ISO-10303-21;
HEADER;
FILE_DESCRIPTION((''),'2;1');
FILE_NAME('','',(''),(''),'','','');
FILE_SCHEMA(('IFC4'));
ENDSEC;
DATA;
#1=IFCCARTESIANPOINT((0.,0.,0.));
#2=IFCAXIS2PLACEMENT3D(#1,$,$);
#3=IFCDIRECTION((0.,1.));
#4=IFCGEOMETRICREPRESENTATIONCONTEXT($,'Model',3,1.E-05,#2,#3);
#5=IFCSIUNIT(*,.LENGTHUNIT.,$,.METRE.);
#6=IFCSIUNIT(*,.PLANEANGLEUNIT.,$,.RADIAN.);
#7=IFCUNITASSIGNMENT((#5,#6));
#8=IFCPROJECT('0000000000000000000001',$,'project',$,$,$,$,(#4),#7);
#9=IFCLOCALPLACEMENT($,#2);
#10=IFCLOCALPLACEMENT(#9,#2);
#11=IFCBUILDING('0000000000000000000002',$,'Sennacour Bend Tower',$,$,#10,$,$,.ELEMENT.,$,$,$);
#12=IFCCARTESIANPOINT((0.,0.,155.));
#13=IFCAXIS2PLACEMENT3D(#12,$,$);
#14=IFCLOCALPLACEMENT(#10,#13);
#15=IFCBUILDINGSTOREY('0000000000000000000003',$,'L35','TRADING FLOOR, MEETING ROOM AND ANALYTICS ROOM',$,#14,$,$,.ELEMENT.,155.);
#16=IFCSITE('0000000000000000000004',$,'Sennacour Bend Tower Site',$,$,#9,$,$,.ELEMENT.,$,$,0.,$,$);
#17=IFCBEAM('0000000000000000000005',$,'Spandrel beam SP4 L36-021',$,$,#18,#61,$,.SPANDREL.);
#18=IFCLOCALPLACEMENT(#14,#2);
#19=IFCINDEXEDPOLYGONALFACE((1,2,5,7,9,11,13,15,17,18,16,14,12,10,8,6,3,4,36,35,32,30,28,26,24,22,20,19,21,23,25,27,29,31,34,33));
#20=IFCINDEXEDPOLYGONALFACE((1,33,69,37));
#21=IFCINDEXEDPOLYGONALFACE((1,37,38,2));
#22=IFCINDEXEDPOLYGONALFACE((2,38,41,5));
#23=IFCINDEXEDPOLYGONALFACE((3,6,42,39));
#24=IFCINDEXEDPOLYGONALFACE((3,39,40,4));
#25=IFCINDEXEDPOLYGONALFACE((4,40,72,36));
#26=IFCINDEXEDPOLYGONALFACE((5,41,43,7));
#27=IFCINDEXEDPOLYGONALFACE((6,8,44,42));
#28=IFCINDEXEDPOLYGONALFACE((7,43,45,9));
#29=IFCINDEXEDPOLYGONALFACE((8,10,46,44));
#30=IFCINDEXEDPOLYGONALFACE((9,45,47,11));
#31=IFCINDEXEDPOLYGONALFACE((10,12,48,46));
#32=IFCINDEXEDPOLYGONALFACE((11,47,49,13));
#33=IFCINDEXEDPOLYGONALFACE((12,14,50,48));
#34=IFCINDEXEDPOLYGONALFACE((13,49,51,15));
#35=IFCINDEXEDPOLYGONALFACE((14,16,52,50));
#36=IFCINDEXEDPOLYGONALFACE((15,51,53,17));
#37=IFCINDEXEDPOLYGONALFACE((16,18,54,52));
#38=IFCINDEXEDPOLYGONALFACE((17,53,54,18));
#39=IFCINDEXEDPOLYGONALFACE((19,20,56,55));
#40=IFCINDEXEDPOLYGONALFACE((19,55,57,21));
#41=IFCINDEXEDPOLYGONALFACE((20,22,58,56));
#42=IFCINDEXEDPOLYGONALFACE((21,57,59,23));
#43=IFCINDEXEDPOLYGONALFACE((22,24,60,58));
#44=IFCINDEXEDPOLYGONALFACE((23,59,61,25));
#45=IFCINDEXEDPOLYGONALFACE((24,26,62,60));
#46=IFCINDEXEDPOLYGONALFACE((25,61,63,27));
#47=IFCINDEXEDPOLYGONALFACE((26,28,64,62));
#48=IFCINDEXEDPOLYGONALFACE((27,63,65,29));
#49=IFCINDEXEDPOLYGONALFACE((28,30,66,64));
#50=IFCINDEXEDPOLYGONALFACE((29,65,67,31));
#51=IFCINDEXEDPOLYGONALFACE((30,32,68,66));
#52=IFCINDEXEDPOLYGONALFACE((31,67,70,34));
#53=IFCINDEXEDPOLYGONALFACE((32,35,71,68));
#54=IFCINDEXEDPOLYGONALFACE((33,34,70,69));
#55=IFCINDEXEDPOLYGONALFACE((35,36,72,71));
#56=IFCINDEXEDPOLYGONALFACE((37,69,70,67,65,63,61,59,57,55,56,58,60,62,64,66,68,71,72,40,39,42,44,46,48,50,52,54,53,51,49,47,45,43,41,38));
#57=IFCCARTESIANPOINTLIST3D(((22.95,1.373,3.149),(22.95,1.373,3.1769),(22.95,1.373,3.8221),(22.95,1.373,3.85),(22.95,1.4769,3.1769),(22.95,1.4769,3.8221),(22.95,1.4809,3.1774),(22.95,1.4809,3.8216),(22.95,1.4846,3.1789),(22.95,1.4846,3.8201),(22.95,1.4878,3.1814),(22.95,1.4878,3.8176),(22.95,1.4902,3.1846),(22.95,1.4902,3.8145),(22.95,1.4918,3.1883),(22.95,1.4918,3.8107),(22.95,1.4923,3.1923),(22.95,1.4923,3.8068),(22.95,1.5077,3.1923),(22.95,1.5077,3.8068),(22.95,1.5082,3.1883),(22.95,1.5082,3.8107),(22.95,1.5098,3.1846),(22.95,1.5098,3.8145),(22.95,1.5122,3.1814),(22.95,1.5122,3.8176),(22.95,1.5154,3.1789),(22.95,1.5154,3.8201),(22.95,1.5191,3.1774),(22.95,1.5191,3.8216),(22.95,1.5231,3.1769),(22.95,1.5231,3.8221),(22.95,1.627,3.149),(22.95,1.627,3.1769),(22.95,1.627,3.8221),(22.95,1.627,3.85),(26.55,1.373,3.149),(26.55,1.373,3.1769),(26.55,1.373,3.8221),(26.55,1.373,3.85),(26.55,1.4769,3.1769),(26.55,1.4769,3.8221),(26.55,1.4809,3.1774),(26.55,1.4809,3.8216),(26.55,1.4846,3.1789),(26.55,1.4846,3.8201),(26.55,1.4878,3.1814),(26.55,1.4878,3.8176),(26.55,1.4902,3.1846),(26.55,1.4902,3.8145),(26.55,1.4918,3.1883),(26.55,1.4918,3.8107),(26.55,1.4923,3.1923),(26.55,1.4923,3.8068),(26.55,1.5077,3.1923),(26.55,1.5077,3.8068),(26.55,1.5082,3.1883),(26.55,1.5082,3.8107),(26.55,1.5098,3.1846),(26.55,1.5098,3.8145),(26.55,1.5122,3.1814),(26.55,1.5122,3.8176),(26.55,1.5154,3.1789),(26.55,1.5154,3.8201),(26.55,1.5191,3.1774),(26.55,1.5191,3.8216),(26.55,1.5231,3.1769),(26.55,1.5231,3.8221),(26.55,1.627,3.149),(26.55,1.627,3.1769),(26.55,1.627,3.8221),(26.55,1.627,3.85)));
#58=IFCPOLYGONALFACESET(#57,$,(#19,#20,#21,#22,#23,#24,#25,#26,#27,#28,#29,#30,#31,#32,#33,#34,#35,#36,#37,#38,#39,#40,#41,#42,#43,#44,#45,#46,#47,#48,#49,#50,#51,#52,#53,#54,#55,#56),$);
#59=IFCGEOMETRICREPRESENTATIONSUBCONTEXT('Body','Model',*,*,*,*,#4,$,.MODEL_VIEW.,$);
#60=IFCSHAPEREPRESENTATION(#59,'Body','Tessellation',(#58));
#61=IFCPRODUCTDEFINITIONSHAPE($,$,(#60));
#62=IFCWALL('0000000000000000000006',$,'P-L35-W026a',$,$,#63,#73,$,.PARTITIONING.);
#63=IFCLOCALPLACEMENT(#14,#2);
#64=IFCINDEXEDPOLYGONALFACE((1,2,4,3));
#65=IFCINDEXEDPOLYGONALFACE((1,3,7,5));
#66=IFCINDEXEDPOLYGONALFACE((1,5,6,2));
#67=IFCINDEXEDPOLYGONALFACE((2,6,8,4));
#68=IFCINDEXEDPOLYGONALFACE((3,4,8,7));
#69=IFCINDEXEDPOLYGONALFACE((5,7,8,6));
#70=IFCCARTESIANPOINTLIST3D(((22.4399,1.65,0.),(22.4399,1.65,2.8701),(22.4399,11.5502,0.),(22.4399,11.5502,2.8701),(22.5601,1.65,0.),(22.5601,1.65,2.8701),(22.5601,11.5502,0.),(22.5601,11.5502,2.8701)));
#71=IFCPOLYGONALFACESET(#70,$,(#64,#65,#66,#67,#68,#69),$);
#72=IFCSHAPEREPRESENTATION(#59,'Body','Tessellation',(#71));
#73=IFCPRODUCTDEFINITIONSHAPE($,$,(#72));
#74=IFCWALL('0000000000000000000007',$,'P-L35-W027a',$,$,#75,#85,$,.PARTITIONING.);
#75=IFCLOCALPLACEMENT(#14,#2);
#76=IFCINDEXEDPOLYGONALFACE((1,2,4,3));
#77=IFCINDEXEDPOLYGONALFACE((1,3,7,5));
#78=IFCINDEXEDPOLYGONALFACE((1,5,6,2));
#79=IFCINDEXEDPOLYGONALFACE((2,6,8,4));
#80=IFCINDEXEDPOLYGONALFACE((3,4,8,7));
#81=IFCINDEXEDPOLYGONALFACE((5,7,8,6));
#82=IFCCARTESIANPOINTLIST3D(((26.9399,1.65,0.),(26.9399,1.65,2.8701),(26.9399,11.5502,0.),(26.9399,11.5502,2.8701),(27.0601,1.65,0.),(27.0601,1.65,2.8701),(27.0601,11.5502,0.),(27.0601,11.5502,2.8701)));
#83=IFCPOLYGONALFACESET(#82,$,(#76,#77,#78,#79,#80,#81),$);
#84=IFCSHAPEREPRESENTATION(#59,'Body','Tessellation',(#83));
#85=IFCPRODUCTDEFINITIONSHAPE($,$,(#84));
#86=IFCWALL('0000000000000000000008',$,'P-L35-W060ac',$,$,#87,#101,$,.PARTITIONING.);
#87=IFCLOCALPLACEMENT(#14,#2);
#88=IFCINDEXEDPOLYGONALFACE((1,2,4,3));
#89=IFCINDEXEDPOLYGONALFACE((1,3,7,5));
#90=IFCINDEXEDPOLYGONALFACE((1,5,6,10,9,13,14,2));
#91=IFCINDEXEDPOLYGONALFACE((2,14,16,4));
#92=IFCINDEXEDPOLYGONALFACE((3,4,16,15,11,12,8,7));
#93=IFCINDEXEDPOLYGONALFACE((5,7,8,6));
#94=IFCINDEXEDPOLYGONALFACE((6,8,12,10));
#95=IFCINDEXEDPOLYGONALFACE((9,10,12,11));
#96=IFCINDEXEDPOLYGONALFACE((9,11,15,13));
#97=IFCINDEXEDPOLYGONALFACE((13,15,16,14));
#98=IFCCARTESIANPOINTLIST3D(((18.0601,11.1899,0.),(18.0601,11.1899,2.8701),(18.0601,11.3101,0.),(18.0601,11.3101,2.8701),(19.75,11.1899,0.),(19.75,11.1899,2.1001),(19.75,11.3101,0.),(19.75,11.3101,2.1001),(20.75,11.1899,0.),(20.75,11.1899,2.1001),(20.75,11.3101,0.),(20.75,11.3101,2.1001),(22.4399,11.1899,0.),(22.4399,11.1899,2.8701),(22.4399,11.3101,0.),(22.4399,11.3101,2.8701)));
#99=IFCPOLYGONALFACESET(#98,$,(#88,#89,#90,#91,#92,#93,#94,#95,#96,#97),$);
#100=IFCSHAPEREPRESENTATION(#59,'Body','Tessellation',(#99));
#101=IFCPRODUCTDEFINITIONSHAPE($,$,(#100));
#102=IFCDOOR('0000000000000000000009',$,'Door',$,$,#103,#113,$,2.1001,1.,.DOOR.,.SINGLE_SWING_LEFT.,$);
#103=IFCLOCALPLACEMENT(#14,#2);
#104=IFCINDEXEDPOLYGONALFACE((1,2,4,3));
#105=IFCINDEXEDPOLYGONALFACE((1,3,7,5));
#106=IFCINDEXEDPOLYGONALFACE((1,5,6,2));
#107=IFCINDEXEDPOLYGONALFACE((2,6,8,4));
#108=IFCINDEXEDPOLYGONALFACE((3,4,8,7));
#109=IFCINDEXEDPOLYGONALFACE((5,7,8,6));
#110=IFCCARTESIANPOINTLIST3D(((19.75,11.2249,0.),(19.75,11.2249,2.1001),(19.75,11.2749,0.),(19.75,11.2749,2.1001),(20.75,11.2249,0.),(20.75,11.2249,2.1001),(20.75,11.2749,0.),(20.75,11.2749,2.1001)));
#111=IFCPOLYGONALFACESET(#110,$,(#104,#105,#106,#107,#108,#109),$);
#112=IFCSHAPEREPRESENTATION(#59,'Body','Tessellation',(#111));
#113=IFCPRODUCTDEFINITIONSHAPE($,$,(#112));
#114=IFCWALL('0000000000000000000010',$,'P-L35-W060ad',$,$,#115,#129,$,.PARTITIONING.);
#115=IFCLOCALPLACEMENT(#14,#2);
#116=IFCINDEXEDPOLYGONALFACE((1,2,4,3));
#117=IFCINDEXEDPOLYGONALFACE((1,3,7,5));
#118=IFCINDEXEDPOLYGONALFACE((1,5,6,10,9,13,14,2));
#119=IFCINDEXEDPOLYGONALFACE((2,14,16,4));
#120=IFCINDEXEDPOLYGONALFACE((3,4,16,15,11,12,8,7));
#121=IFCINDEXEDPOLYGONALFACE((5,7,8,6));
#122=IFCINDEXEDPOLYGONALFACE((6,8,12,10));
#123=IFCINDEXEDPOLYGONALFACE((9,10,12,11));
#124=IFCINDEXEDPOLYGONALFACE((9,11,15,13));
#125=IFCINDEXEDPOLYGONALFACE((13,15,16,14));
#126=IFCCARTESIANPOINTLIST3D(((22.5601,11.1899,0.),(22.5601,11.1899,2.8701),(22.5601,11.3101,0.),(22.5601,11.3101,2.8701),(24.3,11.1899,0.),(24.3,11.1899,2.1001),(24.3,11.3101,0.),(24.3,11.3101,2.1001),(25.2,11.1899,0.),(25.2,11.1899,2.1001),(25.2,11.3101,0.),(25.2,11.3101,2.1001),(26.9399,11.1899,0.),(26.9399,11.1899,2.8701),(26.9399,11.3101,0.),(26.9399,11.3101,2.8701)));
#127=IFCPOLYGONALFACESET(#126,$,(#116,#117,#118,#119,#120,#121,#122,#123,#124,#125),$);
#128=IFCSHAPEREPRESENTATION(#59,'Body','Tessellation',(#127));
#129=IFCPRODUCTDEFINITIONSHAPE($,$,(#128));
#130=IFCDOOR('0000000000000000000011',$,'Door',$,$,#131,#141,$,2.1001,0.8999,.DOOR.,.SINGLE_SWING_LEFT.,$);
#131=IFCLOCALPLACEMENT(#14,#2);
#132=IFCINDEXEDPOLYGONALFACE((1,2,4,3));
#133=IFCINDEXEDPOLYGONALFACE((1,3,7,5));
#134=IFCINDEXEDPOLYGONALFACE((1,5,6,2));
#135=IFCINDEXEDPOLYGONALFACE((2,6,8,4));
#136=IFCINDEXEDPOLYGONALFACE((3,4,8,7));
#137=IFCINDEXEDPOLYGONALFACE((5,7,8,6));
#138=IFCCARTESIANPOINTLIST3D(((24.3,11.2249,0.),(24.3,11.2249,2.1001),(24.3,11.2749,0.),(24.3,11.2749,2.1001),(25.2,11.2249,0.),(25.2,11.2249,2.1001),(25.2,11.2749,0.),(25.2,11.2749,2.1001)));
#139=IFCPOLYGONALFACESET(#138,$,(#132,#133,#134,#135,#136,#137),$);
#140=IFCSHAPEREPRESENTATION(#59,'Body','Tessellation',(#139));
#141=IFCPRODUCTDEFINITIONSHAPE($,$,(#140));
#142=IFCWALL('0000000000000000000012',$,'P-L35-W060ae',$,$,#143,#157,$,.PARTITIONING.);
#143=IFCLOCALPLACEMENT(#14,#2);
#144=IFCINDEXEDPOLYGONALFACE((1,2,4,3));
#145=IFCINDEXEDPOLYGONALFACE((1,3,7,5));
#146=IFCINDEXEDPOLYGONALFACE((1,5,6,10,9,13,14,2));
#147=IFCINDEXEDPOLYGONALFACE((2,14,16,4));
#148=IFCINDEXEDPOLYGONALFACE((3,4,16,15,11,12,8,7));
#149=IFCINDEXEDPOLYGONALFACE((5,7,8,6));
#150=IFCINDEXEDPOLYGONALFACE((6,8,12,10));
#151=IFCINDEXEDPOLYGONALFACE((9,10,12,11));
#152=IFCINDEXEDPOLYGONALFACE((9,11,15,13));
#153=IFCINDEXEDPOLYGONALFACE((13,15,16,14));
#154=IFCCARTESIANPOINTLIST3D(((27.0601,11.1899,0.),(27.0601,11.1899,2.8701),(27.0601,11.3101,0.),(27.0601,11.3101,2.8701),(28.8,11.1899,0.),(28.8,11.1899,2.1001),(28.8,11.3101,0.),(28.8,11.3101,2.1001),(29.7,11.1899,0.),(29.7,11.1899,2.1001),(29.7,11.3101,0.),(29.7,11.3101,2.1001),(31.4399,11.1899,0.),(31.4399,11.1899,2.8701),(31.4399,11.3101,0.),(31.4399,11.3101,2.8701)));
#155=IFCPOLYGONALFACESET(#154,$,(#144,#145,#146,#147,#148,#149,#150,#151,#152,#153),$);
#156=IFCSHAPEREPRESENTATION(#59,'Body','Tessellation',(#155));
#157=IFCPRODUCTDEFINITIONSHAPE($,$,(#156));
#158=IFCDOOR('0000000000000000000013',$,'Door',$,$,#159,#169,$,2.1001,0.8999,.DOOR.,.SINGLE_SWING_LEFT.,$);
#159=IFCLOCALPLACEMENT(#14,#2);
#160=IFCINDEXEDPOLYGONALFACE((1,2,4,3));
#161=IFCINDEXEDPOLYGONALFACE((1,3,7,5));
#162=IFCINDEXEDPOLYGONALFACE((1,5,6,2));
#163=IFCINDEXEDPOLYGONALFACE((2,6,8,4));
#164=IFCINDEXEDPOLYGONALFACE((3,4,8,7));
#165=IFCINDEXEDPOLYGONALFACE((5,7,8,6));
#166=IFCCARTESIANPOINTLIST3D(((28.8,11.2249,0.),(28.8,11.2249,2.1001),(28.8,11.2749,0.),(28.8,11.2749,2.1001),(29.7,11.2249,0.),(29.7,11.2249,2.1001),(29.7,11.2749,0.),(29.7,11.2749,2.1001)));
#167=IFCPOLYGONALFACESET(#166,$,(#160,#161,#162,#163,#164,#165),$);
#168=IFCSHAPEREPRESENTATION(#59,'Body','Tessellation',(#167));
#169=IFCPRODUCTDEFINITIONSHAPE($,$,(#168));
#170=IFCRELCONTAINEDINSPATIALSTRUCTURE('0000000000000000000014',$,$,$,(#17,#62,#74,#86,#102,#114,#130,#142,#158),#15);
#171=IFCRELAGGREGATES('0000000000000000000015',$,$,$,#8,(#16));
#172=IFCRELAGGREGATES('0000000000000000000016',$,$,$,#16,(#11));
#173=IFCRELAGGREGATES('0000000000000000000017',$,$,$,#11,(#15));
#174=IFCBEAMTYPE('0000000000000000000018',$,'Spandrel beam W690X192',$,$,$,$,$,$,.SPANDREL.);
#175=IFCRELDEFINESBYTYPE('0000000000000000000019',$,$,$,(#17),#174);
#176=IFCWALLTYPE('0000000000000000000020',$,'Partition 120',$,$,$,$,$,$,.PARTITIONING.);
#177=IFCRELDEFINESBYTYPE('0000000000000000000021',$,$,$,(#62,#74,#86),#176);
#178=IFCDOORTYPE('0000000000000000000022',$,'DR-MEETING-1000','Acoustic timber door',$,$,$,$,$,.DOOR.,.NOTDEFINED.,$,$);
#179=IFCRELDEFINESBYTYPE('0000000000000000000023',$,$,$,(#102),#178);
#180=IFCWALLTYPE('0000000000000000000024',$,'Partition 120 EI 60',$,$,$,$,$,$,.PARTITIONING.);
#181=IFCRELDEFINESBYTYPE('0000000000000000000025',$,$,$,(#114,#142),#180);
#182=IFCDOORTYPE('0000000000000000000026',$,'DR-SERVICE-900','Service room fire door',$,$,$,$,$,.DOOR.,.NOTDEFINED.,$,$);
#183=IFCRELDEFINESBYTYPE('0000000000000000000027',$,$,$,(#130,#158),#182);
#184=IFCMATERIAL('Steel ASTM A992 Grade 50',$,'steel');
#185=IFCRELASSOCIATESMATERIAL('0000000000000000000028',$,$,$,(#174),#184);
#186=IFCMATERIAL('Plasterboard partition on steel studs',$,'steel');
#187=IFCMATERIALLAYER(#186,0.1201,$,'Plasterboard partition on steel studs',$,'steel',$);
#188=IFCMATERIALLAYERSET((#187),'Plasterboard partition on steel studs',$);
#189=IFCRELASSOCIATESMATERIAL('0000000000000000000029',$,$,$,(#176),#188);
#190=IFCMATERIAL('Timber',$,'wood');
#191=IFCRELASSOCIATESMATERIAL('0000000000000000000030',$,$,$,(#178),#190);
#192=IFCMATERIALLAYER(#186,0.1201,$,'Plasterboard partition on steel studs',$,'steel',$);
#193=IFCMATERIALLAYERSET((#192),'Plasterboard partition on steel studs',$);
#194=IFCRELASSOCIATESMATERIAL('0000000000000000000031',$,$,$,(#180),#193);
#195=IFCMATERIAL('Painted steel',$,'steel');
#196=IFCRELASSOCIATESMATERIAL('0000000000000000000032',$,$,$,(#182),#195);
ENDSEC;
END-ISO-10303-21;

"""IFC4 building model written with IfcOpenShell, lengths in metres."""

from ifc_helpers import new_model, si_unit, direction, frame, frame_2d, origin, origin_2d, place, context, subcontext, project, spatial, rectangle, i_section, extrude, material, layer, layer_set, material_profile, profile_set, type_object, element, fill, save


model = new_model("IFC4")

# Units and contexts
model_context = context("Model", 3, precision=1e-05, world=origin(), true_north=direction((0.0, 1.0)))
body_context = subcontext(model_context, "Body", "Model", "MODEL_VIEW")
ifc_project = project(units=[si_unit("LENGTHUNIT", "METRE"), si_unit("PLANEANGLEUNIT", "RADIAN")], contexts=[model_context])

# Site, building, storey
site_placement = place(None, origin())
site = spatial("IfcSite", under=ifc_project, at=site_placement, Name="Sennacour Bend Tower Site", CompositionType="ELEMENT", RefElevation=0.0)
building_placement = place(site_placement, origin())
building = spatial("IfcBuilding", under=site, at=building_placement, Name="Sennacour Bend Tower", CompositionType="ELEMENT")
storey_placement = place(building_placement, frame((0.0, 0.0, 155.0)))
storey = spatial("IfcBuildingStorey", under=building, at=storey_placement, Name="L35", Description="TRADING FLOOR, MEETING ROOM AND ANALYTICS ROOM", CompositionType="ELEMENT", Elevation=155.0)

# Beam
ifc_material_1 = material(Name="Steel ASTM A992 Grade 50", Category="steel")
ifc_material_profile_1 = material_profile(ifc_material_1, i_section(OverallWidth=0.2539, OverallDepth=0.7009, WebThickness=0.0154, FlangeThickness=0.0278, FilletRadius=0.0154, at=origin_2d()), Name="Steel ASTM A992 Grade 50", Category="steel")
ifc_profile_set_1 = profile_set([ifc_material_profile_1], Name="Steel ASTM A992 Grade 50")
beam_type_1 = type_object("IfcBeamType", Name="Spandrel beam W690X192", PredefinedType="SPANDREL", material=ifc_profile_set_1)
beam_1_placement = place(storey_placement, frame((26.55, 1.5, 3.4995), z_axis=(-1.0, 0.0, 0.0), x_axis=(0.0, -1.0, 0.0)))
element("IfcBeam", 1, at=beam_1_placement, inside=storey, type_object=beam_type_1, Name="Spandrel beam SP4 L36-021", PredefinedType="SPANDREL", context=body_context, shape_type="SweptSolid", body=[
    extrude(i_section(OverallWidth=0.2539, OverallDepth=0.7009, WebThickness=0.0154, FlangeThickness=0.0278, FilletRadius=0.0154, at=origin_2d()), origin(), (0.0, 0.0, 1.0), 3.6001),
])

# Walls
ifc_material_2 = material(Name="Plasterboard partition on steel studs", Category="steel")
ifc_layer_1 = layer(ifc_material_2, 0.1201, Name="Plasterboard partition on steel studs", Category="steel")
ifc_layer_set_1 = layer_set([ifc_layer_1], Name="Plasterboard partition on steel studs")
wall_type_1 = type_object("IfcWallType", Name="Partition 120", PredefinedType="PARTITIONING", material=ifc_layer_set_1)
for number, where, z_axis, x_axis, name in (
    (2, (22.5, 1.6499, 0.0), (0.0, 0.0, 1.0), (0.0, 1.0, 0.0), "P-L35-W026a"),
    (3, (27.0, 1.6499, 0.0), (0.0, 0.0, 1.0), (0.0, 1.0, 0.0), "P-L35-W027a"),
):
    element("IfcWall", number, at=place(storey_placement, frame(where, z_axis=z_axis, x_axis=x_axis)), inside=storey, type_object=wall_type_1, Name=name, PredefinedType="PARTITIONING", context=body_context, shape_type="SweptSolid", body=[
        extrude(rectangle(XDim=9.9001, YDim=0.1201, at=frame_2d((4.9502, 0.0))), origin(), (0.0, 0.0, 1.0), 2.8701),
    ])

# Walls, openings, doors
wall_1_placement = place(storey_placement, frame((18.0601, 11.25, 0.0), z_axis=(0.0, 0.0, 1.0), x_axis=(1.0, 0.0, 0.0)))
wall_1 = element("IfcWall", 4, at=wall_1_placement, inside=storey, type_object=wall_type_1, Name="P-L35-W060ac", PredefinedType="PARTITIONING", context=body_context, shape_type="SweptSolid", body=[
    extrude(rectangle(XDim=4.3799, YDim=0.1201, at=frame_2d((2.1899, 0.0))), origin(), (0.0, 0.0, 1.0), 2.8701),
])
opening_1_placement = place(wall_1_placement, frame((1.6899, 0.0, 0.0)))
opening_1 = element("IfcOpeningElement", 5, at=opening_1_placement, cuts=wall_1, PredefinedType="OPENING", context=body_context, shape_type="SweptSolid", body=[
    extrude(rectangle(XDim=1.0, YDim=2.1001, at=frame_2d((0.5, 1.05))), frame((0.0, 0.0701, 0.0), z_axis=(0.0, -1.0, 0.0), x_axis=(1.0, 0.0, 0.0)), (0.0, 0.0, 1.0), 0.1401),
])
ifc_material_3 = material(Name="Timber", Category="wood")
door_type_1 = type_object("IfcDoorType", Name="DR-MEETING-1000", Description="Acoustic timber door", OperationType="NOTDEFINED", PredefinedType="DOOR", material=ifc_material_3)
door_1_placement = place(opening_1_placement, origin())
door_1 = element("IfcDoor", 6, at=door_1_placement, inside=storey, type_object=door_type_1, Name="Door", OperationType="SINGLE_SWING_LEFT", OverallHeight=2.1001, OverallWidth=1.0, PredefinedType="DOOR", context=body_context, shape_type="SweptSolid", body=[
    extrude(rectangle(XDim=1.0, YDim=2.1001, at=frame_2d((0.5, 1.05))), frame((0.0, 0.0249, 0.0), z_axis=(0.0, -1.0, 0.0), x_axis=(1.0, 0.0, 0.0)), (0.0, 0.0, 1.0), 0.05),
])
fill(opening_1, door_1)
ifc_layer_2 = layer(ifc_material_2, 0.1201, Name="Plasterboard partition on steel studs", Category="steel")
ifc_layer_set_2 = layer_set([ifc_layer_2], Name="Plasterboard partition on steel studs")
wall_type_2 = type_object("IfcWallType", Name="Partition 120 EI 60", PredefinedType="PARTITIONING", material=ifc_layer_set_2)
wall_2_placement = place(storey_placement, frame((22.5601, 11.25, 0.0), z_axis=(0.0, 0.0, 1.0), x_axis=(1.0, 0.0, 0.0)))
wall_2 = element("IfcWall", 7, at=wall_2_placement, inside=storey, type_object=wall_type_2, Name="P-L35-W060ad", PredefinedType="PARTITIONING", context=body_context, shape_type="SweptSolid", body=[
    extrude(rectangle(XDim=4.3799, YDim=0.1201, at=frame_2d((2.1899, 0.0))), origin(), (0.0, 0.0, 1.0), 2.8701),
])
opening_2_placement = place(wall_2_placement, frame((1.74, 0.0, 0.0)))
opening_2 = element("IfcOpeningElement", 8, at=opening_2_placement, cuts=wall_2, PredefinedType="OPENING", context=body_context, shape_type="SweptSolid", body=[
    extrude(rectangle(XDim=0.8999, YDim=2.1001, at=frame_2d((0.45, 1.05))), frame((0.0, 0.0701, 0.0), z_axis=(0.0, -1.0, 0.0), x_axis=(1.0, 0.0, 0.0)), (0.0, 0.0, 1.0), 0.1401),
])
ifc_material_4 = material(Name="Painted steel", Category="steel")
door_type_2 = type_object("IfcDoorType", Name="DR-SERVICE-900", Description="Service room fire door", OperationType="NOTDEFINED", PredefinedType="DOOR", material=ifc_material_4)
door_2_placement = place(opening_2_placement, origin())
door_2 = element("IfcDoor", 9, at=door_2_placement, inside=storey, type_object=door_type_2, Name="Door", OperationType="SINGLE_SWING_LEFT", OverallHeight=2.1001, OverallWidth=0.8999, PredefinedType="DOOR", context=body_context, shape_type="SweptSolid", body=[
    extrude(rectangle(XDim=0.8999, YDim=2.1001, at=frame_2d((0.45, 1.05))), frame((0.0, 0.0249, 0.0), z_axis=(0.0, -1.0, 0.0), x_axis=(1.0, 0.0, 0.0)), (0.0, 0.0, 1.0), 0.05),
])
fill(opening_2, door_2)
wall_3_placement = place(storey_placement, frame((27.0601, 11.25, 0.0), z_axis=(0.0, 0.0, 1.0), x_axis=(1.0, 0.0, 0.0)))
wall_3 = element("IfcWall", 10, at=wall_3_placement, inside=storey, type_object=wall_type_2, Name="P-L35-W060ae", PredefinedType="PARTITIONING", context=body_context, shape_type="SweptSolid", body=[
    extrude(rectangle(XDim=4.3799, YDim=0.1201, at=frame_2d((2.1899, 0.0))), origin(), (0.0, 0.0, 1.0), 2.8701),
])
opening_3_placement = place(wall_3_placement, frame((1.74, 0.0, 0.0)))
opening_3 = element("IfcOpeningElement", 11, at=opening_3_placement, cuts=wall_3, PredefinedType="OPENING", context=body_context, shape_type="SweptSolid", body=[
    extrude(rectangle(XDim=0.8999, YDim=2.1001, at=frame_2d((0.45, 1.05))), frame((0.0, 0.0701, 0.0), z_axis=(0.0, -1.0, 0.0), x_axis=(1.0, 0.0, 0.0)), (0.0, 0.0, 1.0), 0.1401),
])
door_3_placement = place(opening_3_placement, origin())
door_3 = element("IfcDoor", 12, at=door_3_placement, inside=storey, type_object=door_type_2, Name="Door", OperationType="SINGLE_SWING_LEFT", OverallHeight=2.1001, OverallWidth=0.8999, PredefinedType="DOOR", context=body_context, shape_type="SweptSolid", body=[
    extrude(rectangle(XDim=0.8999, YDim=2.1001, at=frame_2d((0.45, 1.05))), frame((0.0, 0.0249, 0.0), z_axis=(0.0, -1.0, 0.0), x_axis=(1.0, 0.0, 0.0)), (0.0, 0.0, 1.0), 0.05),
])
fill(opening_3, door_3)

save(model, "model.ifc")
